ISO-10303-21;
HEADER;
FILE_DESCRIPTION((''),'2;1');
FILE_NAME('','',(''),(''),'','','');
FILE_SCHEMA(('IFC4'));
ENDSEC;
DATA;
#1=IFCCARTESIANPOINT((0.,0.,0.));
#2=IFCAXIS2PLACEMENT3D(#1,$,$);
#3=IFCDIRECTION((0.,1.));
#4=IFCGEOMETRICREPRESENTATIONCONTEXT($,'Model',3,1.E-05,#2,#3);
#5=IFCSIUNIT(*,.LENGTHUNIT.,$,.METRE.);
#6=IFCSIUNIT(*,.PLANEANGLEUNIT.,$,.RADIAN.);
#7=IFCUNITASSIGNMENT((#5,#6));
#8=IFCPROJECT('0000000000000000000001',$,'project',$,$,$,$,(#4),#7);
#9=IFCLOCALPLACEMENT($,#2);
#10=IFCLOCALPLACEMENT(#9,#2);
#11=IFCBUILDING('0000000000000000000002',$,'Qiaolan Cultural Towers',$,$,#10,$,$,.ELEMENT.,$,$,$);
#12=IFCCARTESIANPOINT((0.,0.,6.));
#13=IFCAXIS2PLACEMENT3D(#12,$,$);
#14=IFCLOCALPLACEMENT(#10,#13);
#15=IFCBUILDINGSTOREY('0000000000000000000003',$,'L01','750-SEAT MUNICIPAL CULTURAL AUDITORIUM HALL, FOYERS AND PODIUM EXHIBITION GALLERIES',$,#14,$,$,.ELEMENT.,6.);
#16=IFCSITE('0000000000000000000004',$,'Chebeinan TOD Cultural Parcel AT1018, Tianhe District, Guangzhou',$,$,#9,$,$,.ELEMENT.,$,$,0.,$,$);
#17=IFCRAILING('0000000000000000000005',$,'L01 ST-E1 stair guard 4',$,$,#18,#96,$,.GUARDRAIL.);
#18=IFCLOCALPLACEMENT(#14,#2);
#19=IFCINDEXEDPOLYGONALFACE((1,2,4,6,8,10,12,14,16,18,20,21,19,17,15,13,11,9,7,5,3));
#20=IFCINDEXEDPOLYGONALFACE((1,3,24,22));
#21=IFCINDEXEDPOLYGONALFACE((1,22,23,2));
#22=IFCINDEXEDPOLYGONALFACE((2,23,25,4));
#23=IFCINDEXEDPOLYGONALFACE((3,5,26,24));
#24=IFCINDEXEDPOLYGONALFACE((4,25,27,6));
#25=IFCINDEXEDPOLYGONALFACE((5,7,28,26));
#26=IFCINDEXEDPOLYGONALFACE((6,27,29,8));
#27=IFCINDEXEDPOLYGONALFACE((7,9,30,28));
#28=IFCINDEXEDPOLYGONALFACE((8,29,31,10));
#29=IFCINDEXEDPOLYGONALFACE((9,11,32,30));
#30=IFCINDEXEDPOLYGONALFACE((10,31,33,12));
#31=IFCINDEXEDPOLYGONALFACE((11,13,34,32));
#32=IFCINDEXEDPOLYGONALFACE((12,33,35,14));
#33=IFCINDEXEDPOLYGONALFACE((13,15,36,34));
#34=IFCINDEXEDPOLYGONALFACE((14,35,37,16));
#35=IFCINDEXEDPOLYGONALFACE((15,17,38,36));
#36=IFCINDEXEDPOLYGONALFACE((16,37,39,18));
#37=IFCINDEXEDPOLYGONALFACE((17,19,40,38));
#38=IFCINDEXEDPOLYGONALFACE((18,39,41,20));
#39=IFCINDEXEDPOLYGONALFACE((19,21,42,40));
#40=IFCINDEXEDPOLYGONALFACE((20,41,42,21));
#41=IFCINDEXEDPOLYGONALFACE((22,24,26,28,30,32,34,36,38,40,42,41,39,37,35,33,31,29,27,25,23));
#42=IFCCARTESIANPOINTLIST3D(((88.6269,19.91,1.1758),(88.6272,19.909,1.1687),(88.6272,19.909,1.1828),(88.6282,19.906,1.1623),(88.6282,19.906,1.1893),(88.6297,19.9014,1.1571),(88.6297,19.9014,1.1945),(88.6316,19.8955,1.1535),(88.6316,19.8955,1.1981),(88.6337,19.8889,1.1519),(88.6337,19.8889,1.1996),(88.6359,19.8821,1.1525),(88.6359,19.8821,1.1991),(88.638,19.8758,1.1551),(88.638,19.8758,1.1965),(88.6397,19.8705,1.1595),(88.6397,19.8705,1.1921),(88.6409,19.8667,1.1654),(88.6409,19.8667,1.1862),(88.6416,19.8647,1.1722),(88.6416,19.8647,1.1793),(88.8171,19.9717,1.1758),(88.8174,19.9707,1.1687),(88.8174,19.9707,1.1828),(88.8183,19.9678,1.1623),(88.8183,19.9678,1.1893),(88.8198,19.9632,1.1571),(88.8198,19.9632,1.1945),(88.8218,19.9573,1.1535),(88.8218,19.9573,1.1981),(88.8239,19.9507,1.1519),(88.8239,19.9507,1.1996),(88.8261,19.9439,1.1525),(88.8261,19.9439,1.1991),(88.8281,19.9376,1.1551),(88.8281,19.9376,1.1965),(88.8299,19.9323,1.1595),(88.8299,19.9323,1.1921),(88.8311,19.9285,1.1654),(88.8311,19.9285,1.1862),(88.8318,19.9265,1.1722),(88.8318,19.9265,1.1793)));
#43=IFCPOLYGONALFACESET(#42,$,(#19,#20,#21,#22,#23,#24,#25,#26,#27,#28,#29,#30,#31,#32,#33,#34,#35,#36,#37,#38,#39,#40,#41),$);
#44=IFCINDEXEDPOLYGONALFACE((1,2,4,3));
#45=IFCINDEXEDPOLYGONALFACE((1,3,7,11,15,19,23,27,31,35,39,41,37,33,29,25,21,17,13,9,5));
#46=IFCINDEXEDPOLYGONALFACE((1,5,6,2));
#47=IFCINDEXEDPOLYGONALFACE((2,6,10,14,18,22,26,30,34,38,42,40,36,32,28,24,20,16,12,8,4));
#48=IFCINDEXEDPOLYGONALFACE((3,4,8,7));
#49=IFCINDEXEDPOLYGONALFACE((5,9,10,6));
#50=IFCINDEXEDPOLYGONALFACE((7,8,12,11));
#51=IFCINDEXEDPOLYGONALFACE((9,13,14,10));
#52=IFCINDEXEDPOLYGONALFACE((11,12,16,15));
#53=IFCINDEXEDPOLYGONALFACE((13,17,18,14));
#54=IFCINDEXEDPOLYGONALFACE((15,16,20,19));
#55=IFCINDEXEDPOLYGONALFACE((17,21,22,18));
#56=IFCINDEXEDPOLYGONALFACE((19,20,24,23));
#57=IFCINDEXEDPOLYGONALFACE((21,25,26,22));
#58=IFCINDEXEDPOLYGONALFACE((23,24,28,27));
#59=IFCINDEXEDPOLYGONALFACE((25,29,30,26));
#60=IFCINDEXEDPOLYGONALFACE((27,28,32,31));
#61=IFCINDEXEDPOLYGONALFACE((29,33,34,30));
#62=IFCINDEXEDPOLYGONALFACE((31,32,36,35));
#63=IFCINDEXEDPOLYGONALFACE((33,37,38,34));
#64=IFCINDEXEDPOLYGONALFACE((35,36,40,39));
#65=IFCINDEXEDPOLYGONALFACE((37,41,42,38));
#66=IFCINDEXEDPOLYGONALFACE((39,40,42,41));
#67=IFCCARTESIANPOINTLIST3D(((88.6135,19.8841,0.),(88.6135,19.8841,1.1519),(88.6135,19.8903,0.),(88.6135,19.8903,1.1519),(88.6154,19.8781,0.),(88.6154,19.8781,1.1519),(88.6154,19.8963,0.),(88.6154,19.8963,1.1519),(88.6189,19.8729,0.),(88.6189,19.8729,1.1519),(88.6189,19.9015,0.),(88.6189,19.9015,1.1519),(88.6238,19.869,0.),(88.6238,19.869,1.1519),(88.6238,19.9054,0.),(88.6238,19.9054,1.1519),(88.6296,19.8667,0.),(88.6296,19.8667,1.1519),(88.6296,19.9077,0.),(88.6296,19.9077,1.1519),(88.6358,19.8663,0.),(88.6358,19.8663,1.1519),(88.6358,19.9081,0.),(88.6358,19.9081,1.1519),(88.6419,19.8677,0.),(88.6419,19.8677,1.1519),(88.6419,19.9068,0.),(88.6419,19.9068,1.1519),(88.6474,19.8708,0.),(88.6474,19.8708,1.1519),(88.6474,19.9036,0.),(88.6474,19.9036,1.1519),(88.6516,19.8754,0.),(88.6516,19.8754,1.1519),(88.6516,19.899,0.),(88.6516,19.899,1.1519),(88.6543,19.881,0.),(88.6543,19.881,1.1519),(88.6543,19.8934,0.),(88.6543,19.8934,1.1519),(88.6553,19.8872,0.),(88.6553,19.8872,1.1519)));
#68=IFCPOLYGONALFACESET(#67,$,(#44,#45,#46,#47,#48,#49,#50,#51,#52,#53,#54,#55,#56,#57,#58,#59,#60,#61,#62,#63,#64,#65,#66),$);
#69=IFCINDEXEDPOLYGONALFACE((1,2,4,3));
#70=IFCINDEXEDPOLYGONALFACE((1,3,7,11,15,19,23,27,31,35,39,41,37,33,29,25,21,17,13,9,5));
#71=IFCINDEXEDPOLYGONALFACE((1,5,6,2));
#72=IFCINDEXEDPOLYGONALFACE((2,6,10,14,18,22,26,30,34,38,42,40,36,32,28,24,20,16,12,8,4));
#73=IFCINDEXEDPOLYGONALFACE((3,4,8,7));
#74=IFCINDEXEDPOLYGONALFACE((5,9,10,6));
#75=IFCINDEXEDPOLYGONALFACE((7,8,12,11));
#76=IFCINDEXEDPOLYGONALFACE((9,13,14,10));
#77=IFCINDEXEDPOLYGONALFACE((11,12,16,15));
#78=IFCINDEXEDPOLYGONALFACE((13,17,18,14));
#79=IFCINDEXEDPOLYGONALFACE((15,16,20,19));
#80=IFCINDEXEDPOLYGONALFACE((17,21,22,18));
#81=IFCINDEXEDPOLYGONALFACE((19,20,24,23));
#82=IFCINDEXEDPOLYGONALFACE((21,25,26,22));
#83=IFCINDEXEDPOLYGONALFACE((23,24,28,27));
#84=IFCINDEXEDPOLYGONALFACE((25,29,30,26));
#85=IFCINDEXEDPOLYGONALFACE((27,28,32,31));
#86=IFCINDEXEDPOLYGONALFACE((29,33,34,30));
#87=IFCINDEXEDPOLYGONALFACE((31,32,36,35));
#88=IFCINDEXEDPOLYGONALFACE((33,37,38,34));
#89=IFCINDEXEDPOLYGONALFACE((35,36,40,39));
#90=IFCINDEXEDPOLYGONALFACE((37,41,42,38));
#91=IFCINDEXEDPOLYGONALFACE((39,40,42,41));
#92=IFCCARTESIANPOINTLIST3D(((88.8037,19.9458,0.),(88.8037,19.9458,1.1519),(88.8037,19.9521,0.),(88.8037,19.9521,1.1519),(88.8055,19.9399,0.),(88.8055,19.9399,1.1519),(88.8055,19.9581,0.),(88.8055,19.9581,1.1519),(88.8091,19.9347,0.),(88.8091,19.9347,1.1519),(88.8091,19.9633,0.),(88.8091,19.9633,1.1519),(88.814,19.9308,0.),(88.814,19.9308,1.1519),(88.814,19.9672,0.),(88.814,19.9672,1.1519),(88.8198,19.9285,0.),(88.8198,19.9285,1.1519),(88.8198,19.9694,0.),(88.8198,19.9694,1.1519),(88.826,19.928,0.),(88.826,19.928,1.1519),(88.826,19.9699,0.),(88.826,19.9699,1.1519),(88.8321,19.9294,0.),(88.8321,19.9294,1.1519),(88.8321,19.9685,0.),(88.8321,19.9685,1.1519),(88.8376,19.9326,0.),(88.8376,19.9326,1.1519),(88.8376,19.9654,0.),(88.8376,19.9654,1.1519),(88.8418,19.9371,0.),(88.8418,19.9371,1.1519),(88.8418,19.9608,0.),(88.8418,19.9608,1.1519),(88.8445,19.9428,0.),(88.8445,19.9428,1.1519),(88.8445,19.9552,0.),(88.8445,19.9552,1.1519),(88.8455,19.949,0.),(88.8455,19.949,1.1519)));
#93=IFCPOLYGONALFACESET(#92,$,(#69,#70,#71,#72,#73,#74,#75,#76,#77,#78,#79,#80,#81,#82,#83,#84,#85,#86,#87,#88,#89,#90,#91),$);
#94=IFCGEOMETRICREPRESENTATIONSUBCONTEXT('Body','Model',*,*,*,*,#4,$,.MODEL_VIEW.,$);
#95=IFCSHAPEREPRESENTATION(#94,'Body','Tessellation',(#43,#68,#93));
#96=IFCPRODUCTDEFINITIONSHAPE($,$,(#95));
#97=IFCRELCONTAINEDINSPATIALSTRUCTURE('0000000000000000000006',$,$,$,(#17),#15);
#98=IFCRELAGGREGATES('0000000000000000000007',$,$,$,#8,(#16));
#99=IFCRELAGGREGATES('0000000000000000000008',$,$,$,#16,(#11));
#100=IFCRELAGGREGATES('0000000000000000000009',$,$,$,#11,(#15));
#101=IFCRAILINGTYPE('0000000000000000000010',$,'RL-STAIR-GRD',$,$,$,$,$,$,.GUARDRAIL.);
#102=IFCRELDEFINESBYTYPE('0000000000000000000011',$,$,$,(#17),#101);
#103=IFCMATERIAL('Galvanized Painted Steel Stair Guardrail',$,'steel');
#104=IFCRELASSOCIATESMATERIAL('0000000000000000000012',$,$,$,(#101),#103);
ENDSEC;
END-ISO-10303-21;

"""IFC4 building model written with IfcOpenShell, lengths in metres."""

from ifc_helpers import new_model, si_unit, direction, frame, origin, origin_2d, place, context, subcontext, project, spatial, circle, extrude, material, type_object, element, save


model = new_model("IFC4")

# Units and contexts
model_context = context("Model", 3, precision=1e-05, world=origin(), true_north=direction((0.0, 1.0)))
body_context = subcontext(model_context, "Body", "Model", "MODEL_VIEW")
ifc_project = project(units=[si_unit("LENGTHUNIT", "METRE"), si_unit("PLANEANGLEUNIT", "RADIAN")], contexts=[model_context])

# Site, building, storey
site_placement = place(None, origin())
site = spatial("IfcSite", under=ifc_project, at=site_placement, Name="Chebeinan TOD Cultural Parcel AT1018, Tianhe District, Guangzhou", CompositionType="ELEMENT", RefElevation=0.0)
building_placement = place(site_placement, origin())
building = spatial("IfcBuilding", under=site, at=building_placement, Name="Qiaolan Cultural Towers", CompositionType="ELEMENT")
storey_placement = place(building_placement, frame((0.0, 0.0, 6.0)))
storey = spatial("IfcBuildingStorey", under=building, at=storey_placement, Name="L01", Description="750-SEAT MUNICIPAL CULTURAL AUDITORIUM HALL, FOYERS AND PODIUM EXHIBITION GALLERIES", CompositionType="ELEMENT", Elevation=6.0)

# Railing
ifc_material_1 = material(Name="Galvanized Painted Steel Stair Guardrail", Category="steel")
railing_type_1 = type_object("IfcRailingType", Name="RL-STAIR-GRD", PredefinedType="GUARDRAIL", material=ifc_material_1)
railing_1_placement = place(storey_placement, frame((88.6343, 19.8872, 0.0)))
element("IfcRailing", 1, at=railing_1_placement, inside=storey, type_object=railing_type_1, Name="L01 ST-E1 stair guard 4", PredefinedType="GUARDRAIL", context=body_context, shape_type="SweptSolid", body=[
    extrude(circle(Radius=0.0239, at=origin_2d()), frame((0.0, 0.0, 1.1758), z_axis=(0.951097, 0.308893, 0.0), x_axis=(-0.308893, 0.951097, 0.0)), (0.0, 0.0, 1.0), 0.2),
    extrude(circle(Radius=0.021, at=origin_2d()), origin(), (0.0, 0.0, 1.0), 1.1519),
    extrude(circle(Radius=0.021, at=origin_2d()), frame((0.1902, 0.0618, 0.0)), (0.0, 0.0, 1.0), 1.1519),
])

save(model, "model.ifc")
